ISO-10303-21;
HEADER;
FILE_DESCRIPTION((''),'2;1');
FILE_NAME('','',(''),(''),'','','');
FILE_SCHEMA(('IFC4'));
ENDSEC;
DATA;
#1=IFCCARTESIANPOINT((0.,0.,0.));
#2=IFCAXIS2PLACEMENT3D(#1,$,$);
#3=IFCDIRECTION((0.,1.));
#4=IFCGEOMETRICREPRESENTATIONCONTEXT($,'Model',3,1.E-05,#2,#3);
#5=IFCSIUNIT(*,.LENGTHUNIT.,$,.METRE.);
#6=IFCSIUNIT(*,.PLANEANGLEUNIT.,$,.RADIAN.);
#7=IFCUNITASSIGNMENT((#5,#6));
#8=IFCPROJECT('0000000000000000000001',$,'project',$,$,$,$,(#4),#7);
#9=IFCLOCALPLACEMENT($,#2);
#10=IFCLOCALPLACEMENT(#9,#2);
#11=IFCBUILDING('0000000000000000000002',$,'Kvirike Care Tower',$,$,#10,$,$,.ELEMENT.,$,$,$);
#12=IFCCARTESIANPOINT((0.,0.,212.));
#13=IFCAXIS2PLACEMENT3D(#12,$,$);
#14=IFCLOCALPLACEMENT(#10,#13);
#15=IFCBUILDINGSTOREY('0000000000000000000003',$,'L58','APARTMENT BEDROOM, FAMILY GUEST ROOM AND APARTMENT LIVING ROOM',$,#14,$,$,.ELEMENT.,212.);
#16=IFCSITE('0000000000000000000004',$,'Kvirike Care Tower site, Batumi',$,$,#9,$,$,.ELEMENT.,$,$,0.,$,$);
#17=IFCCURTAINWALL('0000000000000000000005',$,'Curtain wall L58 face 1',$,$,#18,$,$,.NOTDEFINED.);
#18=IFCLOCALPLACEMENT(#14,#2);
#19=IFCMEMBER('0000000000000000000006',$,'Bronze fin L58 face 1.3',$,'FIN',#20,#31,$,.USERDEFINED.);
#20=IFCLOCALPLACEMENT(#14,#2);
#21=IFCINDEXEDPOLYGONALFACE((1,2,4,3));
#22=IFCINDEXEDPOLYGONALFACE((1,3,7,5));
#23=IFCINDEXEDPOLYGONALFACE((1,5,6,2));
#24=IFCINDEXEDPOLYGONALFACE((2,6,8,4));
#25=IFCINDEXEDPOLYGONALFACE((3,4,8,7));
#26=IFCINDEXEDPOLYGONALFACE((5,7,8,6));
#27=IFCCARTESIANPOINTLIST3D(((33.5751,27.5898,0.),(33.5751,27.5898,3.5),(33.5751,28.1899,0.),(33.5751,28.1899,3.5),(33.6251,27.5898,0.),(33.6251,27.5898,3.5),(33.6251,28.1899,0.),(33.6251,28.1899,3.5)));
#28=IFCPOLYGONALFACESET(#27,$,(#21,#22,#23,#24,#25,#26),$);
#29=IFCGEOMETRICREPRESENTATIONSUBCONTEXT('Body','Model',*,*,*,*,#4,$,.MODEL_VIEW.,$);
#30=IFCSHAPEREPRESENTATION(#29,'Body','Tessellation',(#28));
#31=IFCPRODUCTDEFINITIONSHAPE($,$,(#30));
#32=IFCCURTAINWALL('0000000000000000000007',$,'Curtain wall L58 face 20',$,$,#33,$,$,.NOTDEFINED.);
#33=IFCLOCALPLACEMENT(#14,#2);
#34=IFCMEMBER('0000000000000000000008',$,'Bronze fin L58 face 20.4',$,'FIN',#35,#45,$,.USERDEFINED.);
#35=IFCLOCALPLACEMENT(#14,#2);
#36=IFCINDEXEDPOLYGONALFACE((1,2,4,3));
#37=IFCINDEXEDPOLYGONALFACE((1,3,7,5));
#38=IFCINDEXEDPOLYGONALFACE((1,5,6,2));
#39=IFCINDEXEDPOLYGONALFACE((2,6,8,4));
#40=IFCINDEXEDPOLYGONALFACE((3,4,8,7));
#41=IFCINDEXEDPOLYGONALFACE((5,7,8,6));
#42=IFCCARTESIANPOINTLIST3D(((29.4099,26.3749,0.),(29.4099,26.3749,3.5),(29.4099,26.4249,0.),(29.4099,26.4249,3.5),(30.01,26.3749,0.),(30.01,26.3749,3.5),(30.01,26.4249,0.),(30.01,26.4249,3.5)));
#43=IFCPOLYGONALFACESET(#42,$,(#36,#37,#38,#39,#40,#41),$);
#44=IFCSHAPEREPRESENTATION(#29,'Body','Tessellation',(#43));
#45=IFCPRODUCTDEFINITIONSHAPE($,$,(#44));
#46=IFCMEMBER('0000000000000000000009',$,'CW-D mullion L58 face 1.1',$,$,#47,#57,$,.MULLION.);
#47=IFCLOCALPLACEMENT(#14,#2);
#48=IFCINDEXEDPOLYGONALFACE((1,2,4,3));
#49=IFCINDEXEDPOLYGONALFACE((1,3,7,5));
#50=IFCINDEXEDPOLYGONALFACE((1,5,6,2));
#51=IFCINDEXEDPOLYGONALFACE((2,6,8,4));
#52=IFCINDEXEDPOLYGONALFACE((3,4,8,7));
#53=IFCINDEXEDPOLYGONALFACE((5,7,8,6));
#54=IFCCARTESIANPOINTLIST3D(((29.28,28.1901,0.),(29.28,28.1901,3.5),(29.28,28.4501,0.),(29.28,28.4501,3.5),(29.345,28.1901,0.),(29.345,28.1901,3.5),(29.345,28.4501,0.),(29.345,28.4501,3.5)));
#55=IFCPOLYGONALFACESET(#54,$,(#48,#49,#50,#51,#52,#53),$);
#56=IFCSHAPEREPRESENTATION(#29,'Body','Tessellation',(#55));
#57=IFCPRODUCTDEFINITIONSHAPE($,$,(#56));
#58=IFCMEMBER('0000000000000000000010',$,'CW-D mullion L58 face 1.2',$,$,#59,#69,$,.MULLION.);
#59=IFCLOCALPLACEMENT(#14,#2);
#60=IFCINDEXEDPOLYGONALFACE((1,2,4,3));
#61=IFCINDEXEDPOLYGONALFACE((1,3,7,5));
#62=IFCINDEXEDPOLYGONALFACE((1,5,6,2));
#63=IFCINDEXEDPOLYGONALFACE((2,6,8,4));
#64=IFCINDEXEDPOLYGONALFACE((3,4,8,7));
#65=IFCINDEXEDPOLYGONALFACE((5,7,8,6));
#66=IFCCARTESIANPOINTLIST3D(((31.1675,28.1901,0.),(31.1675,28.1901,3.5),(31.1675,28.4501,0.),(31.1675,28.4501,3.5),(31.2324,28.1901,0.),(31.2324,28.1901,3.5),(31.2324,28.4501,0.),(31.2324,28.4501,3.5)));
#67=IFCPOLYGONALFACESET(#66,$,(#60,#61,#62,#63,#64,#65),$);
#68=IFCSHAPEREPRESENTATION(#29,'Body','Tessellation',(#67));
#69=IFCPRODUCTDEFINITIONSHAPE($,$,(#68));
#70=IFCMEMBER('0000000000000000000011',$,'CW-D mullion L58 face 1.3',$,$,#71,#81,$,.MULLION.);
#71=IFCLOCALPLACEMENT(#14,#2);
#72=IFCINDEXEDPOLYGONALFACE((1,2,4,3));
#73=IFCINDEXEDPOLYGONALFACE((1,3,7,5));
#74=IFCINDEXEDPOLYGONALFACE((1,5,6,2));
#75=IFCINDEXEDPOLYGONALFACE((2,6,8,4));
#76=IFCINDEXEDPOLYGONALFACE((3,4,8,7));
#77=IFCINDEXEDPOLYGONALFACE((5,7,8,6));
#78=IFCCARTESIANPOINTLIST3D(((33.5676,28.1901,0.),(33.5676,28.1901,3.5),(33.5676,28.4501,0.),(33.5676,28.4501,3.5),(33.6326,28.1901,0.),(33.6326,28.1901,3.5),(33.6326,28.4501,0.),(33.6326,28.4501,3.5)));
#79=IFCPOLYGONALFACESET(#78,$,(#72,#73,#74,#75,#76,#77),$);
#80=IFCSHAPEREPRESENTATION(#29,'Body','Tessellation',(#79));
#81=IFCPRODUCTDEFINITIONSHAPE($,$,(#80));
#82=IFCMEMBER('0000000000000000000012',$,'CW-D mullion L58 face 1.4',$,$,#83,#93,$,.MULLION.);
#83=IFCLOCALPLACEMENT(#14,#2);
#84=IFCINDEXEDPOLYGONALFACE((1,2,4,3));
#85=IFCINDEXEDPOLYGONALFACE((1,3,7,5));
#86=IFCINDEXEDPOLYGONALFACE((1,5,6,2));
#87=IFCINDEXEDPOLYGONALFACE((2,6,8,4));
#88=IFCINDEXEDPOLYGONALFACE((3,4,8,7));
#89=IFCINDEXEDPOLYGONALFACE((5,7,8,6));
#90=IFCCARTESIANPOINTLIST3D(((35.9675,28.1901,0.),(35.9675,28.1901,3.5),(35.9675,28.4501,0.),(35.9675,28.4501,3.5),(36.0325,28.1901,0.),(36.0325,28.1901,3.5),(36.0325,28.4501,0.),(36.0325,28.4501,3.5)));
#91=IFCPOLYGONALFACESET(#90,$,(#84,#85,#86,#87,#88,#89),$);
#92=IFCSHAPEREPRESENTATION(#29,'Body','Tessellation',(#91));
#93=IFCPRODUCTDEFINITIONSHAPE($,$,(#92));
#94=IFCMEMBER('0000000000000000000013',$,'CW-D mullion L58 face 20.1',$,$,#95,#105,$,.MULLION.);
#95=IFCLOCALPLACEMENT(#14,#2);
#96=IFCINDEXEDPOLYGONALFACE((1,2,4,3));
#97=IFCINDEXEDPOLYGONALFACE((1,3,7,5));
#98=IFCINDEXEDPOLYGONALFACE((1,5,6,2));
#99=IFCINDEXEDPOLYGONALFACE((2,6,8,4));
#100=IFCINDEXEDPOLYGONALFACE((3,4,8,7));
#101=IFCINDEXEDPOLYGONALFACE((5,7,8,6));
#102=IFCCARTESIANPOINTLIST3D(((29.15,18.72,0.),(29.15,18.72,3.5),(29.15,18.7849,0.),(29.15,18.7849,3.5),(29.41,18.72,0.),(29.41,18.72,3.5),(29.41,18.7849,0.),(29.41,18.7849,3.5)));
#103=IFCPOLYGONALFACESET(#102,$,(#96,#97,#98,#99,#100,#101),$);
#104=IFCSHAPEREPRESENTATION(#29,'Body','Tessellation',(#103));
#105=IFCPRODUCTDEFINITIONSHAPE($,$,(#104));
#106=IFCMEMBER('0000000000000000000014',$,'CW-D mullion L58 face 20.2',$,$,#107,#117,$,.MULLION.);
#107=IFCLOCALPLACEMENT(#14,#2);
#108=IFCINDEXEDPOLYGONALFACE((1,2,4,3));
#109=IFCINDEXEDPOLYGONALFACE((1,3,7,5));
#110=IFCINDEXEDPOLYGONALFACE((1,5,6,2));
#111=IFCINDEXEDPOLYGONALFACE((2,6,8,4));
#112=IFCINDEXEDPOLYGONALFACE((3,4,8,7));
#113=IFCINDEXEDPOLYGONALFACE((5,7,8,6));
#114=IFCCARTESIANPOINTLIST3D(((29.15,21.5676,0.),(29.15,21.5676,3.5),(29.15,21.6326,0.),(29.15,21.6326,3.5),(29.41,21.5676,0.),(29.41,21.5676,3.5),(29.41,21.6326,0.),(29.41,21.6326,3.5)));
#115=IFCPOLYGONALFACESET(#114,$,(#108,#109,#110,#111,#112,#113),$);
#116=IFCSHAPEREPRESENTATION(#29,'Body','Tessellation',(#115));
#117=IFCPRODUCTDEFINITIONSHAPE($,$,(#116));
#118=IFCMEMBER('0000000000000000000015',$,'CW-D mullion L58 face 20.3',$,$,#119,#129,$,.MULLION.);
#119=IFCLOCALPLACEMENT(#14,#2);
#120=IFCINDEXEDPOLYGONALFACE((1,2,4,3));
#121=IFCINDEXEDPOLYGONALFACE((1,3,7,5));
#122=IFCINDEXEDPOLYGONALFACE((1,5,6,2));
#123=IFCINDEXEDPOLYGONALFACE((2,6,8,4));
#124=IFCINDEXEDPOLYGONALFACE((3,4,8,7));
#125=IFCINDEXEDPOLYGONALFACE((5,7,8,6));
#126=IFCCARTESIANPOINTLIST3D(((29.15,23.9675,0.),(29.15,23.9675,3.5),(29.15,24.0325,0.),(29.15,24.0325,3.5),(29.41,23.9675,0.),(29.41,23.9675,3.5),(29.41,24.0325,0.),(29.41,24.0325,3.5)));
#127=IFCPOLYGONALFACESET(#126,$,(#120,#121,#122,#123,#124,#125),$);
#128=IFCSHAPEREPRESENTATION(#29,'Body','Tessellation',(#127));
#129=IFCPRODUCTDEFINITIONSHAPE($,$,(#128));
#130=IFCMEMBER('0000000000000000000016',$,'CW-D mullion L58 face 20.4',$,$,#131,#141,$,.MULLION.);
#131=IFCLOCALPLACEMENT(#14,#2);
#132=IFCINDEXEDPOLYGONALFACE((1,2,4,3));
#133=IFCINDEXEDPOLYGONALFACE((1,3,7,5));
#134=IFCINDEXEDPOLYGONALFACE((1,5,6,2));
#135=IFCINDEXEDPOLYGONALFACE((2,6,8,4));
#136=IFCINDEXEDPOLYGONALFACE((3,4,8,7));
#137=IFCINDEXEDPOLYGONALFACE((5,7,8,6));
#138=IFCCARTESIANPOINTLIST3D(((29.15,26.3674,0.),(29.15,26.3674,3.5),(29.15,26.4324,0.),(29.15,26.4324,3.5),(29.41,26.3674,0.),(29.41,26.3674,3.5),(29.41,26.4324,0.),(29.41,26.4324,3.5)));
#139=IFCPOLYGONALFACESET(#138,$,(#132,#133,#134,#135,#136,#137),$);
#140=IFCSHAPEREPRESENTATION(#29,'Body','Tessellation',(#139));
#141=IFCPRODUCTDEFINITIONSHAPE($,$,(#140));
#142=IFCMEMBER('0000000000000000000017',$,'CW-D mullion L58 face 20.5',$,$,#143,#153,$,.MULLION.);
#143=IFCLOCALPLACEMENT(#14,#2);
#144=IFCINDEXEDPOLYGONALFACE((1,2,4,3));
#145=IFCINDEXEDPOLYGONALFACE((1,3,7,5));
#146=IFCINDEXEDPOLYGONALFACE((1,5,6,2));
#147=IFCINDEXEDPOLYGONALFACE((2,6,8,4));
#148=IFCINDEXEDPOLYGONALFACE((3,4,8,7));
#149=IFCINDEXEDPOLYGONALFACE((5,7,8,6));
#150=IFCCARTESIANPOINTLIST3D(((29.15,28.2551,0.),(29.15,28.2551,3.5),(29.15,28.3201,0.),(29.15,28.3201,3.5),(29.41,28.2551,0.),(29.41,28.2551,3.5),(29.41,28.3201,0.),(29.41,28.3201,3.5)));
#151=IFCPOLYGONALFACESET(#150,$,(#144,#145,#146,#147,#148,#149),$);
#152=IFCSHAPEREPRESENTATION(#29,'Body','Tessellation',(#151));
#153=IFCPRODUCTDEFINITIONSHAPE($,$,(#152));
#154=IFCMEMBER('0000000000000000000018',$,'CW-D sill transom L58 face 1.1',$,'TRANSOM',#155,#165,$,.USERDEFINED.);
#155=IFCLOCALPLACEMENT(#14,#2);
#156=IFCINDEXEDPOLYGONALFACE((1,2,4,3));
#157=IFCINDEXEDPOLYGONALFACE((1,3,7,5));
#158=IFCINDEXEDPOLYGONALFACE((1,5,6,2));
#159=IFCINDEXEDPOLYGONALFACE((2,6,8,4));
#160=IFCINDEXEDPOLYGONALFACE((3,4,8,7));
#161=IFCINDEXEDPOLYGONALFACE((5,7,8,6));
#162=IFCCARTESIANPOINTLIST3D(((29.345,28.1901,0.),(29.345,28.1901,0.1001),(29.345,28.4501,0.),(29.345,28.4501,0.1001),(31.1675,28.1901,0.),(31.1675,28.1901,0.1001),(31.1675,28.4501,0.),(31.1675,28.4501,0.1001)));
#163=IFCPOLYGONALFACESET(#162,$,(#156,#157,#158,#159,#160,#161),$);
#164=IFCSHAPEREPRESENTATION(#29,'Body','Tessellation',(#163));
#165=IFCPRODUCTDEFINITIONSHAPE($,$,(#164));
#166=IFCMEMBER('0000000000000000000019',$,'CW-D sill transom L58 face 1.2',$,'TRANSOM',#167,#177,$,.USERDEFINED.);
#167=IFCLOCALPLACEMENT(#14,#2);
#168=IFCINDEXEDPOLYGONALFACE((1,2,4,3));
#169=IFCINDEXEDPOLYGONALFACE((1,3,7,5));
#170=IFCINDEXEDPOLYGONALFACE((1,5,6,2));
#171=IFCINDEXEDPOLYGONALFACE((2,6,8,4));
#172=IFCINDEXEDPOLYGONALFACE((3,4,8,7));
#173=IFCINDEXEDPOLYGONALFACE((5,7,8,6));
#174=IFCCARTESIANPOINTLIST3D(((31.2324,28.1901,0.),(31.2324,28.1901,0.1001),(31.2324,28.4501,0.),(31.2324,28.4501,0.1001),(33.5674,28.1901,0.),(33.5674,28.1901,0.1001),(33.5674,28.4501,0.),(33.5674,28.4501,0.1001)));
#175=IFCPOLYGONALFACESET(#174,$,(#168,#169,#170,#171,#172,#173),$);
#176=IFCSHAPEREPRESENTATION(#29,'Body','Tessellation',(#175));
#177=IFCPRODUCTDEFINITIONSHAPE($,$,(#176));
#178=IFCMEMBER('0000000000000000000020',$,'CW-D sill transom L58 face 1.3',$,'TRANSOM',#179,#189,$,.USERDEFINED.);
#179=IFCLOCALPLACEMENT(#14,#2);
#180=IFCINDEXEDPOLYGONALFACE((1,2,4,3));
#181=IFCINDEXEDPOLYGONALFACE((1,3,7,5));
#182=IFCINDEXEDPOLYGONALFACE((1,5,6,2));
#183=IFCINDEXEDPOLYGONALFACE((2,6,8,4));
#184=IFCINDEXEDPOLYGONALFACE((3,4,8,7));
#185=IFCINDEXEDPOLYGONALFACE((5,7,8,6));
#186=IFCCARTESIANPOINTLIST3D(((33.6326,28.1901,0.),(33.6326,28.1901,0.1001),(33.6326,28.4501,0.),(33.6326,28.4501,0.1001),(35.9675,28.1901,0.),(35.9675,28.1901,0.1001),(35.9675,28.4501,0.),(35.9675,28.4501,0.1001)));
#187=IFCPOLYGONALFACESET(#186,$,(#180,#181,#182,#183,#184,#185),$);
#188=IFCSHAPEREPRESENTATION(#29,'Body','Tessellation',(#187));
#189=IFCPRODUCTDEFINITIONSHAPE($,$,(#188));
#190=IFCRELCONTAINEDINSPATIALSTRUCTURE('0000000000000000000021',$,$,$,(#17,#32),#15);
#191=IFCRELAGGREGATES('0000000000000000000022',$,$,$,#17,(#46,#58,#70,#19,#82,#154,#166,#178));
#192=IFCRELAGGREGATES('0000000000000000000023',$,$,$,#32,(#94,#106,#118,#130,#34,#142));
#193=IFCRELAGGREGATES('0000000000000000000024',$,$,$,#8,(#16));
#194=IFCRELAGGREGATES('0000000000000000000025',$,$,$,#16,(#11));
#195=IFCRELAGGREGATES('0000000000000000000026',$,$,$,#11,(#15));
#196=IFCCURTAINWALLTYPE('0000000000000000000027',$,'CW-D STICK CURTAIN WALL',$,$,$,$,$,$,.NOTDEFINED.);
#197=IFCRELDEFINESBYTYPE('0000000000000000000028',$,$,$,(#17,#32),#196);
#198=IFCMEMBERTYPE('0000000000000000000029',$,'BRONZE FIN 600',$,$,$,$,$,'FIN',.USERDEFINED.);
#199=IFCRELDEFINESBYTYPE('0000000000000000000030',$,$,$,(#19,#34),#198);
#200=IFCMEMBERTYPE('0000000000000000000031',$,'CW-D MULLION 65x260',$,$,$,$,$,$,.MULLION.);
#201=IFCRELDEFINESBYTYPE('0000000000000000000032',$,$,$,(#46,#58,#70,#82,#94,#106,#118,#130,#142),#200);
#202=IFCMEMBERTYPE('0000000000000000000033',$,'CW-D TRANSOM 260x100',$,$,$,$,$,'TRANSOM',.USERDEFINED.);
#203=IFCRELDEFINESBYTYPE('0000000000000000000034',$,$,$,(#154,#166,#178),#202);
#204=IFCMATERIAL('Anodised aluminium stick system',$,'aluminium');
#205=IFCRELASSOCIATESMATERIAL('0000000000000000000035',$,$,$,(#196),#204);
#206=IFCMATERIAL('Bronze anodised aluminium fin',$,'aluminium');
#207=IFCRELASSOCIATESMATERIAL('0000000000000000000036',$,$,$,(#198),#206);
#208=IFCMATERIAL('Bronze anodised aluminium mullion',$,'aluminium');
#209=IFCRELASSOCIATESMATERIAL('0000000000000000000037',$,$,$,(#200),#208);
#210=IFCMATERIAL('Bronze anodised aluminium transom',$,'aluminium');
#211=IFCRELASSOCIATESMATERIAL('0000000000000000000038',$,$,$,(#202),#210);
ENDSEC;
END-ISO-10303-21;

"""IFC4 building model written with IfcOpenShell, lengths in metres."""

from ifc_helpers import new_model, si_unit, direction, frame, origin, origin_2d, place, context, subcontext, project, spatial, rectangle, extrude, material, material_profile, profile_set, type_object, element, aggregate, save


model = new_model("IFC4")

# Units and contexts
model_context = context("Model", 3, precision=1e-05, world=origin(), true_north=direction((0.0, 1.0)))
body_context = subcontext(model_context, "Body", "Model", "MODEL_VIEW")
ifc_project = project(units=[si_unit("LENGTHUNIT", "METRE"), si_unit("PLANEANGLEUNIT", "RADIAN")], contexts=[model_context])

# Site, building, storey
site_placement = place(None, origin())
site = spatial("IfcSite", under=ifc_project, at=site_placement, Name="Kvirike Care Tower site, Batumi", CompositionType="ELEMENT", RefElevation=0.0)
building_placement = place(site_placement, origin())
building = spatial("IfcBuilding", under=site, at=building_placement, Name="Kvirike Care Tower", CompositionType="ELEMENT")
storey_placement = place(building_placement, frame((0.0, 0.0, 212.0)))
storey = spatial("IfcBuildingStorey", under=building, at=storey_placement, Name="L58", Description="APARTMENT BEDROOM, FAMILY GUEST ROOM AND APARTMENT LIVING ROOM", CompositionType="ELEMENT", Elevation=212.0)

# Curtain walls, members
ifc_material_1 = material(Name="Anodised aluminium stick system", Category="aluminium")
curtain_wall_type = type_object("IfcCurtainWallType", Name="CW-D STICK CURTAIN WALL", PredefinedType="NOTDEFINED", material=ifc_material_1)
curtain_wall_1_placement = place(storey_placement, origin())
curtain_wall_1 = element("IfcCurtainWall", 1, at=curtain_wall_1_placement, inside=storey, type_object=curtain_wall_type, Name="Curtain wall L58 face 1", PredefinedType="NOTDEFINED")
ifc_material_2 = material(Name="Bronze anodised aluminium fin", Category="aluminium")
ifc_material_profile_1 = material_profile(ifc_material_2, rectangle(XDim=0.05, YDim=0.6001, at=origin_2d()), Name="BRONZE FIN 600")
ifc_profile_set_1 = profile_set([ifc_material_profile_1], Name="Bronze anodised aluminium fin")
member_type_1 = type_object("IfcMemberType", Name="BRONZE FIN 600", ElementType="FIN", PredefinedType="USERDEFINED", material=ifc_profile_set_1)
member_1_placement = place(storey_placement, frame((33.6001, 27.8899, 0.0), z_axis=(0.0, 0.0, 1.0), x_axis=(1.0, 0.0, 0.0)))
member_1 = element("IfcMember", 2, at=member_1_placement, type_object=member_type_1, Name="Bronze fin L58 face 1.3", ObjectType="FIN", PredefinedType="USERDEFINED", context=body_context, shape_type="SweptSolid", body=[
    extrude(rectangle(XDim=0.05, YDim=0.6001, at=origin_2d()), origin(), (0.0, 0.0, 1.0), 3.5),
])
curtain_wall_2_placement = place(storey_placement, origin())
curtain_wall_2 = element("IfcCurtainWall", 3, at=curtain_wall_2_placement, inside=storey, type_object=curtain_wall_type, Name="Curtain wall L58 face 20", PredefinedType="NOTDEFINED")
member_2_placement = place(storey_placement, frame((29.71, 26.3999, 0.0), z_axis=(0.0, 0.0, 1.0), x_axis=(0.0, 1.0, 0.0)))
member_2 = element("IfcMember", 4, at=member_2_placement, type_object=member_type_1, Name="Bronze fin L58 face 20.4", ObjectType="FIN", PredefinedType="USERDEFINED", context=body_context, shape_type="SweptSolid", body=[
    extrude(rectangle(XDim=0.05, YDim=0.6001, at=origin_2d()), origin(), (0.0, 0.0, 1.0), 3.5),
])

# Members
ifc_material_3 = material(Name="Bronze anodised aluminium mullion", Category="aluminium")
ifc_material_profile_2 = material_profile(ifc_material_3, rectangle(XDim=0.0649, YDim=0.26, at=origin_2d()), Name="CW-D MULLION 65x260")
ifc_profile_set_2 = profile_set([ifc_material_profile_2], Name="Bronze anodised aluminium mullion")
member_type_2 = type_object("IfcMemberType", Name="CW-D MULLION 65x260", PredefinedType="MULLION", material=ifc_profile_set_2)
member_3_placement = place(storey_placement, frame((29.3125, 28.3201, 0.0), z_axis=(0.0, 0.0, 1.0), x_axis=(1.0, 0.0, 0.0)))
member_3 = element("IfcMember", 5, at=member_3_placement, type_object=member_type_2, Name="CW-D mullion L58 face 1.1", PredefinedType="MULLION", context=body_context, shape_type="SweptSolid", body=[
    extrude(rectangle(XDim=0.0649, YDim=0.26, at=origin_2d()), origin(), (0.0, 0.0, 1.0), 3.5),
])
member_4_placement = place(storey_placement, frame((31.2, 28.3201, 0.0), z_axis=(0.0, 0.0, 1.0), x_axis=(1.0, 0.0, 0.0)))
member_4 = element("IfcMember", 6, at=member_4_placement, type_object=member_type_2, Name="CW-D mullion L58 face 1.2", PredefinedType="MULLION", context=body_context, shape_type="SweptSolid", body=[
    extrude(rectangle(XDim=0.0649, YDim=0.26, at=origin_2d()), origin(), (0.0, 0.0, 1.0), 3.5),
])
member_5_placement = place(storey_placement, frame((33.6001, 28.3201, 0.0), z_axis=(0.0, 0.0, 1.0), x_axis=(1.0, 0.0, 0.0)))
member_5 = element("IfcMember", 7, at=member_5_placement, type_object=member_type_2, Name="CW-D mullion L58 face 1.3", PredefinedType="MULLION", context=body_context, shape_type="SweptSolid", body=[
    extrude(rectangle(XDim=0.0649, YDim=0.26, at=origin_2d()), origin(), (0.0, 0.0, 1.0), 3.5),
])
member_6_placement = place(storey_placement, frame((36.0, 28.3201, 0.0), z_axis=(0.0, 0.0, 1.0), x_axis=(1.0, 0.0, 0.0)))
member_6 = element("IfcMember", 8, at=member_6_placement, type_object=member_type_2, Name="CW-D mullion L58 face 1.4", PredefinedType="MULLION", context=body_context, shape_type="SweptSolid", body=[
    extrude(rectangle(XDim=0.0649, YDim=0.26, at=origin_2d()), origin(), (0.0, 0.0, 1.0), 3.5),
])
member_7_placement = place(storey_placement, frame((29.28, 18.7524, 0.0), z_axis=(0.0, 0.0, 1.0), x_axis=(0.0, 1.0, 0.0)))
member_7 = element("IfcMember", 9, at=member_7_placement, type_object=member_type_2, Name="CW-D mullion L58 face 20.1", PredefinedType="MULLION", context=body_context, shape_type="SweptSolid", body=[
    extrude(rectangle(XDim=0.0649, YDim=0.26, at=origin_2d()), origin(), (0.0, 0.0, 1.0), 3.5),
])
member_8_placement = place(storey_placement, frame((29.28, 21.6001, 0.0), z_axis=(0.0, 0.0, 1.0), x_axis=(0.0, 1.0, 0.0)))
member_8 = element("IfcMember", 10, at=member_8_placement, type_object=member_type_2, Name="CW-D mullion L58 face 20.2", PredefinedType="MULLION", context=body_context, shape_type="SweptSolid", body=[
    extrude(rectangle(XDim=0.0649, YDim=0.26, at=origin_2d()), origin(), (0.0, 0.0, 1.0), 3.5),
])
member_9_placement = place(storey_placement, frame((29.28, 24.0, 0.0), z_axis=(0.0, 0.0, 1.0), x_axis=(0.0, 1.0, 0.0)))
member_9 = element("IfcMember", 11, at=member_9_placement, type_object=member_type_2, Name="CW-D mullion L58 face 20.3", PredefinedType="MULLION", context=body_context, shape_type="SweptSolid", body=[
    extrude(rectangle(XDim=0.0649, YDim=0.26, at=origin_2d()), origin(), (0.0, 0.0, 1.0), 3.5),
])
member_10_placement = place(storey_placement, frame((29.28, 26.3999, 0.0), z_axis=(0.0, 0.0, 1.0), x_axis=(0.0, 1.0, 0.0)))
member_10 = element("IfcMember", 12, at=member_10_placement, type_object=member_type_2, Name="CW-D mullion L58 face 20.4", PredefinedType="MULLION", context=body_context, shape_type="SweptSolid", body=[
    extrude(rectangle(XDim=0.0649, YDim=0.26, at=origin_2d()), origin(), (0.0, 0.0, 1.0), 3.5),
])
member_11_placement = place(storey_placement, frame((29.28, 28.2876, 0.0), z_axis=(0.0, 0.0, 1.0), x_axis=(0.0, 1.0, 0.0)))
member_11 = element("IfcMember", 13, at=member_11_placement, type_object=member_type_2, Name="CW-D mullion L58 face 20.5", PredefinedType="MULLION", context=body_context, shape_type="SweptSolid", body=[
    extrude(rectangle(XDim=0.0649, YDim=0.26, at=origin_2d()), origin(), (0.0, 0.0, 1.0), 3.5),
])
ifc_material_4 = material(Name="Bronze anodised aluminium transom", Category="aluminium")
ifc_material_profile_3 = material_profile(ifc_material_4, rectangle(XDim=0.26, YDim=0.1001, at=origin_2d()), Name="CW-D TRANSOM 260x100")
ifc_profile_set_3 = profile_set([ifc_material_profile_3], Name="Bronze anodised aluminium transom")
member_type_3 = type_object("IfcMemberType", Name="CW-D TRANSOM 260x100", ElementType="TRANSOM", PredefinedType="USERDEFINED", material=ifc_profile_set_3)
member_12_placement = place(storey_placement, frame((29.345, 28.3201, 0.05), z_axis=(1.0, 0.0, 0.0), x_axis=(0.0, 1.0, 0.0)))
member_12 = element("IfcMember", 14, at=member_12_placement, type_object=member_type_3, Name="CW-D sill transom L58 face 1.1", ObjectType="TRANSOM", PredefinedType="USERDEFINED", context=body_context, shape_type="SweptSolid", body=[
    extrude(rectangle(XDim=0.26, YDim=0.1001, at=origin_2d()), origin(), (0.0, 0.0, 1.0), 1.8225),
])
member_13_placement = place(storey_placement, frame((31.2324, 28.3201, 0.05), z_axis=(1.0, 0.0, 0.0), x_axis=(0.0, 1.0, 0.0)))
member_13 = element("IfcMember", 15, at=member_13_placement, type_object=member_type_3, Name="CW-D sill transom L58 face 1.2", ObjectType="TRANSOM", PredefinedType="USERDEFINED", context=body_context, shape_type="SweptSolid", body=[
    extrude(rectangle(XDim=0.26, YDim=0.1001, at=origin_2d()), origin(), (0.0, 0.0, 1.0), 2.335),
])
member_14_placement = place(storey_placement, frame((33.6326, 28.3201, 0.05), z_axis=(1.0, 0.0, 0.0), x_axis=(0.0, 1.0, 0.0)))
member_14 = element("IfcMember", 16, at=member_14_placement, type_object=member_type_3, Name="CW-D sill transom L58 face 1.3", ObjectType="TRANSOM", PredefinedType="USERDEFINED", context=body_context, shape_type="SweptSolid", body=[
    extrude(rectangle(XDim=0.26, YDim=0.1001, at=origin_2d()), origin(), (0.0, 0.0, 1.0), 2.335),
])

aggregate(curtain_wall_1, [member_3, member_4, member_5, member_1, member_6, member_12, member_13, member_14])
aggregate(curtain_wall_2, [member_7, member_8, member_9, member_10, member_2, member_11])

save(model, "model.ifc")
